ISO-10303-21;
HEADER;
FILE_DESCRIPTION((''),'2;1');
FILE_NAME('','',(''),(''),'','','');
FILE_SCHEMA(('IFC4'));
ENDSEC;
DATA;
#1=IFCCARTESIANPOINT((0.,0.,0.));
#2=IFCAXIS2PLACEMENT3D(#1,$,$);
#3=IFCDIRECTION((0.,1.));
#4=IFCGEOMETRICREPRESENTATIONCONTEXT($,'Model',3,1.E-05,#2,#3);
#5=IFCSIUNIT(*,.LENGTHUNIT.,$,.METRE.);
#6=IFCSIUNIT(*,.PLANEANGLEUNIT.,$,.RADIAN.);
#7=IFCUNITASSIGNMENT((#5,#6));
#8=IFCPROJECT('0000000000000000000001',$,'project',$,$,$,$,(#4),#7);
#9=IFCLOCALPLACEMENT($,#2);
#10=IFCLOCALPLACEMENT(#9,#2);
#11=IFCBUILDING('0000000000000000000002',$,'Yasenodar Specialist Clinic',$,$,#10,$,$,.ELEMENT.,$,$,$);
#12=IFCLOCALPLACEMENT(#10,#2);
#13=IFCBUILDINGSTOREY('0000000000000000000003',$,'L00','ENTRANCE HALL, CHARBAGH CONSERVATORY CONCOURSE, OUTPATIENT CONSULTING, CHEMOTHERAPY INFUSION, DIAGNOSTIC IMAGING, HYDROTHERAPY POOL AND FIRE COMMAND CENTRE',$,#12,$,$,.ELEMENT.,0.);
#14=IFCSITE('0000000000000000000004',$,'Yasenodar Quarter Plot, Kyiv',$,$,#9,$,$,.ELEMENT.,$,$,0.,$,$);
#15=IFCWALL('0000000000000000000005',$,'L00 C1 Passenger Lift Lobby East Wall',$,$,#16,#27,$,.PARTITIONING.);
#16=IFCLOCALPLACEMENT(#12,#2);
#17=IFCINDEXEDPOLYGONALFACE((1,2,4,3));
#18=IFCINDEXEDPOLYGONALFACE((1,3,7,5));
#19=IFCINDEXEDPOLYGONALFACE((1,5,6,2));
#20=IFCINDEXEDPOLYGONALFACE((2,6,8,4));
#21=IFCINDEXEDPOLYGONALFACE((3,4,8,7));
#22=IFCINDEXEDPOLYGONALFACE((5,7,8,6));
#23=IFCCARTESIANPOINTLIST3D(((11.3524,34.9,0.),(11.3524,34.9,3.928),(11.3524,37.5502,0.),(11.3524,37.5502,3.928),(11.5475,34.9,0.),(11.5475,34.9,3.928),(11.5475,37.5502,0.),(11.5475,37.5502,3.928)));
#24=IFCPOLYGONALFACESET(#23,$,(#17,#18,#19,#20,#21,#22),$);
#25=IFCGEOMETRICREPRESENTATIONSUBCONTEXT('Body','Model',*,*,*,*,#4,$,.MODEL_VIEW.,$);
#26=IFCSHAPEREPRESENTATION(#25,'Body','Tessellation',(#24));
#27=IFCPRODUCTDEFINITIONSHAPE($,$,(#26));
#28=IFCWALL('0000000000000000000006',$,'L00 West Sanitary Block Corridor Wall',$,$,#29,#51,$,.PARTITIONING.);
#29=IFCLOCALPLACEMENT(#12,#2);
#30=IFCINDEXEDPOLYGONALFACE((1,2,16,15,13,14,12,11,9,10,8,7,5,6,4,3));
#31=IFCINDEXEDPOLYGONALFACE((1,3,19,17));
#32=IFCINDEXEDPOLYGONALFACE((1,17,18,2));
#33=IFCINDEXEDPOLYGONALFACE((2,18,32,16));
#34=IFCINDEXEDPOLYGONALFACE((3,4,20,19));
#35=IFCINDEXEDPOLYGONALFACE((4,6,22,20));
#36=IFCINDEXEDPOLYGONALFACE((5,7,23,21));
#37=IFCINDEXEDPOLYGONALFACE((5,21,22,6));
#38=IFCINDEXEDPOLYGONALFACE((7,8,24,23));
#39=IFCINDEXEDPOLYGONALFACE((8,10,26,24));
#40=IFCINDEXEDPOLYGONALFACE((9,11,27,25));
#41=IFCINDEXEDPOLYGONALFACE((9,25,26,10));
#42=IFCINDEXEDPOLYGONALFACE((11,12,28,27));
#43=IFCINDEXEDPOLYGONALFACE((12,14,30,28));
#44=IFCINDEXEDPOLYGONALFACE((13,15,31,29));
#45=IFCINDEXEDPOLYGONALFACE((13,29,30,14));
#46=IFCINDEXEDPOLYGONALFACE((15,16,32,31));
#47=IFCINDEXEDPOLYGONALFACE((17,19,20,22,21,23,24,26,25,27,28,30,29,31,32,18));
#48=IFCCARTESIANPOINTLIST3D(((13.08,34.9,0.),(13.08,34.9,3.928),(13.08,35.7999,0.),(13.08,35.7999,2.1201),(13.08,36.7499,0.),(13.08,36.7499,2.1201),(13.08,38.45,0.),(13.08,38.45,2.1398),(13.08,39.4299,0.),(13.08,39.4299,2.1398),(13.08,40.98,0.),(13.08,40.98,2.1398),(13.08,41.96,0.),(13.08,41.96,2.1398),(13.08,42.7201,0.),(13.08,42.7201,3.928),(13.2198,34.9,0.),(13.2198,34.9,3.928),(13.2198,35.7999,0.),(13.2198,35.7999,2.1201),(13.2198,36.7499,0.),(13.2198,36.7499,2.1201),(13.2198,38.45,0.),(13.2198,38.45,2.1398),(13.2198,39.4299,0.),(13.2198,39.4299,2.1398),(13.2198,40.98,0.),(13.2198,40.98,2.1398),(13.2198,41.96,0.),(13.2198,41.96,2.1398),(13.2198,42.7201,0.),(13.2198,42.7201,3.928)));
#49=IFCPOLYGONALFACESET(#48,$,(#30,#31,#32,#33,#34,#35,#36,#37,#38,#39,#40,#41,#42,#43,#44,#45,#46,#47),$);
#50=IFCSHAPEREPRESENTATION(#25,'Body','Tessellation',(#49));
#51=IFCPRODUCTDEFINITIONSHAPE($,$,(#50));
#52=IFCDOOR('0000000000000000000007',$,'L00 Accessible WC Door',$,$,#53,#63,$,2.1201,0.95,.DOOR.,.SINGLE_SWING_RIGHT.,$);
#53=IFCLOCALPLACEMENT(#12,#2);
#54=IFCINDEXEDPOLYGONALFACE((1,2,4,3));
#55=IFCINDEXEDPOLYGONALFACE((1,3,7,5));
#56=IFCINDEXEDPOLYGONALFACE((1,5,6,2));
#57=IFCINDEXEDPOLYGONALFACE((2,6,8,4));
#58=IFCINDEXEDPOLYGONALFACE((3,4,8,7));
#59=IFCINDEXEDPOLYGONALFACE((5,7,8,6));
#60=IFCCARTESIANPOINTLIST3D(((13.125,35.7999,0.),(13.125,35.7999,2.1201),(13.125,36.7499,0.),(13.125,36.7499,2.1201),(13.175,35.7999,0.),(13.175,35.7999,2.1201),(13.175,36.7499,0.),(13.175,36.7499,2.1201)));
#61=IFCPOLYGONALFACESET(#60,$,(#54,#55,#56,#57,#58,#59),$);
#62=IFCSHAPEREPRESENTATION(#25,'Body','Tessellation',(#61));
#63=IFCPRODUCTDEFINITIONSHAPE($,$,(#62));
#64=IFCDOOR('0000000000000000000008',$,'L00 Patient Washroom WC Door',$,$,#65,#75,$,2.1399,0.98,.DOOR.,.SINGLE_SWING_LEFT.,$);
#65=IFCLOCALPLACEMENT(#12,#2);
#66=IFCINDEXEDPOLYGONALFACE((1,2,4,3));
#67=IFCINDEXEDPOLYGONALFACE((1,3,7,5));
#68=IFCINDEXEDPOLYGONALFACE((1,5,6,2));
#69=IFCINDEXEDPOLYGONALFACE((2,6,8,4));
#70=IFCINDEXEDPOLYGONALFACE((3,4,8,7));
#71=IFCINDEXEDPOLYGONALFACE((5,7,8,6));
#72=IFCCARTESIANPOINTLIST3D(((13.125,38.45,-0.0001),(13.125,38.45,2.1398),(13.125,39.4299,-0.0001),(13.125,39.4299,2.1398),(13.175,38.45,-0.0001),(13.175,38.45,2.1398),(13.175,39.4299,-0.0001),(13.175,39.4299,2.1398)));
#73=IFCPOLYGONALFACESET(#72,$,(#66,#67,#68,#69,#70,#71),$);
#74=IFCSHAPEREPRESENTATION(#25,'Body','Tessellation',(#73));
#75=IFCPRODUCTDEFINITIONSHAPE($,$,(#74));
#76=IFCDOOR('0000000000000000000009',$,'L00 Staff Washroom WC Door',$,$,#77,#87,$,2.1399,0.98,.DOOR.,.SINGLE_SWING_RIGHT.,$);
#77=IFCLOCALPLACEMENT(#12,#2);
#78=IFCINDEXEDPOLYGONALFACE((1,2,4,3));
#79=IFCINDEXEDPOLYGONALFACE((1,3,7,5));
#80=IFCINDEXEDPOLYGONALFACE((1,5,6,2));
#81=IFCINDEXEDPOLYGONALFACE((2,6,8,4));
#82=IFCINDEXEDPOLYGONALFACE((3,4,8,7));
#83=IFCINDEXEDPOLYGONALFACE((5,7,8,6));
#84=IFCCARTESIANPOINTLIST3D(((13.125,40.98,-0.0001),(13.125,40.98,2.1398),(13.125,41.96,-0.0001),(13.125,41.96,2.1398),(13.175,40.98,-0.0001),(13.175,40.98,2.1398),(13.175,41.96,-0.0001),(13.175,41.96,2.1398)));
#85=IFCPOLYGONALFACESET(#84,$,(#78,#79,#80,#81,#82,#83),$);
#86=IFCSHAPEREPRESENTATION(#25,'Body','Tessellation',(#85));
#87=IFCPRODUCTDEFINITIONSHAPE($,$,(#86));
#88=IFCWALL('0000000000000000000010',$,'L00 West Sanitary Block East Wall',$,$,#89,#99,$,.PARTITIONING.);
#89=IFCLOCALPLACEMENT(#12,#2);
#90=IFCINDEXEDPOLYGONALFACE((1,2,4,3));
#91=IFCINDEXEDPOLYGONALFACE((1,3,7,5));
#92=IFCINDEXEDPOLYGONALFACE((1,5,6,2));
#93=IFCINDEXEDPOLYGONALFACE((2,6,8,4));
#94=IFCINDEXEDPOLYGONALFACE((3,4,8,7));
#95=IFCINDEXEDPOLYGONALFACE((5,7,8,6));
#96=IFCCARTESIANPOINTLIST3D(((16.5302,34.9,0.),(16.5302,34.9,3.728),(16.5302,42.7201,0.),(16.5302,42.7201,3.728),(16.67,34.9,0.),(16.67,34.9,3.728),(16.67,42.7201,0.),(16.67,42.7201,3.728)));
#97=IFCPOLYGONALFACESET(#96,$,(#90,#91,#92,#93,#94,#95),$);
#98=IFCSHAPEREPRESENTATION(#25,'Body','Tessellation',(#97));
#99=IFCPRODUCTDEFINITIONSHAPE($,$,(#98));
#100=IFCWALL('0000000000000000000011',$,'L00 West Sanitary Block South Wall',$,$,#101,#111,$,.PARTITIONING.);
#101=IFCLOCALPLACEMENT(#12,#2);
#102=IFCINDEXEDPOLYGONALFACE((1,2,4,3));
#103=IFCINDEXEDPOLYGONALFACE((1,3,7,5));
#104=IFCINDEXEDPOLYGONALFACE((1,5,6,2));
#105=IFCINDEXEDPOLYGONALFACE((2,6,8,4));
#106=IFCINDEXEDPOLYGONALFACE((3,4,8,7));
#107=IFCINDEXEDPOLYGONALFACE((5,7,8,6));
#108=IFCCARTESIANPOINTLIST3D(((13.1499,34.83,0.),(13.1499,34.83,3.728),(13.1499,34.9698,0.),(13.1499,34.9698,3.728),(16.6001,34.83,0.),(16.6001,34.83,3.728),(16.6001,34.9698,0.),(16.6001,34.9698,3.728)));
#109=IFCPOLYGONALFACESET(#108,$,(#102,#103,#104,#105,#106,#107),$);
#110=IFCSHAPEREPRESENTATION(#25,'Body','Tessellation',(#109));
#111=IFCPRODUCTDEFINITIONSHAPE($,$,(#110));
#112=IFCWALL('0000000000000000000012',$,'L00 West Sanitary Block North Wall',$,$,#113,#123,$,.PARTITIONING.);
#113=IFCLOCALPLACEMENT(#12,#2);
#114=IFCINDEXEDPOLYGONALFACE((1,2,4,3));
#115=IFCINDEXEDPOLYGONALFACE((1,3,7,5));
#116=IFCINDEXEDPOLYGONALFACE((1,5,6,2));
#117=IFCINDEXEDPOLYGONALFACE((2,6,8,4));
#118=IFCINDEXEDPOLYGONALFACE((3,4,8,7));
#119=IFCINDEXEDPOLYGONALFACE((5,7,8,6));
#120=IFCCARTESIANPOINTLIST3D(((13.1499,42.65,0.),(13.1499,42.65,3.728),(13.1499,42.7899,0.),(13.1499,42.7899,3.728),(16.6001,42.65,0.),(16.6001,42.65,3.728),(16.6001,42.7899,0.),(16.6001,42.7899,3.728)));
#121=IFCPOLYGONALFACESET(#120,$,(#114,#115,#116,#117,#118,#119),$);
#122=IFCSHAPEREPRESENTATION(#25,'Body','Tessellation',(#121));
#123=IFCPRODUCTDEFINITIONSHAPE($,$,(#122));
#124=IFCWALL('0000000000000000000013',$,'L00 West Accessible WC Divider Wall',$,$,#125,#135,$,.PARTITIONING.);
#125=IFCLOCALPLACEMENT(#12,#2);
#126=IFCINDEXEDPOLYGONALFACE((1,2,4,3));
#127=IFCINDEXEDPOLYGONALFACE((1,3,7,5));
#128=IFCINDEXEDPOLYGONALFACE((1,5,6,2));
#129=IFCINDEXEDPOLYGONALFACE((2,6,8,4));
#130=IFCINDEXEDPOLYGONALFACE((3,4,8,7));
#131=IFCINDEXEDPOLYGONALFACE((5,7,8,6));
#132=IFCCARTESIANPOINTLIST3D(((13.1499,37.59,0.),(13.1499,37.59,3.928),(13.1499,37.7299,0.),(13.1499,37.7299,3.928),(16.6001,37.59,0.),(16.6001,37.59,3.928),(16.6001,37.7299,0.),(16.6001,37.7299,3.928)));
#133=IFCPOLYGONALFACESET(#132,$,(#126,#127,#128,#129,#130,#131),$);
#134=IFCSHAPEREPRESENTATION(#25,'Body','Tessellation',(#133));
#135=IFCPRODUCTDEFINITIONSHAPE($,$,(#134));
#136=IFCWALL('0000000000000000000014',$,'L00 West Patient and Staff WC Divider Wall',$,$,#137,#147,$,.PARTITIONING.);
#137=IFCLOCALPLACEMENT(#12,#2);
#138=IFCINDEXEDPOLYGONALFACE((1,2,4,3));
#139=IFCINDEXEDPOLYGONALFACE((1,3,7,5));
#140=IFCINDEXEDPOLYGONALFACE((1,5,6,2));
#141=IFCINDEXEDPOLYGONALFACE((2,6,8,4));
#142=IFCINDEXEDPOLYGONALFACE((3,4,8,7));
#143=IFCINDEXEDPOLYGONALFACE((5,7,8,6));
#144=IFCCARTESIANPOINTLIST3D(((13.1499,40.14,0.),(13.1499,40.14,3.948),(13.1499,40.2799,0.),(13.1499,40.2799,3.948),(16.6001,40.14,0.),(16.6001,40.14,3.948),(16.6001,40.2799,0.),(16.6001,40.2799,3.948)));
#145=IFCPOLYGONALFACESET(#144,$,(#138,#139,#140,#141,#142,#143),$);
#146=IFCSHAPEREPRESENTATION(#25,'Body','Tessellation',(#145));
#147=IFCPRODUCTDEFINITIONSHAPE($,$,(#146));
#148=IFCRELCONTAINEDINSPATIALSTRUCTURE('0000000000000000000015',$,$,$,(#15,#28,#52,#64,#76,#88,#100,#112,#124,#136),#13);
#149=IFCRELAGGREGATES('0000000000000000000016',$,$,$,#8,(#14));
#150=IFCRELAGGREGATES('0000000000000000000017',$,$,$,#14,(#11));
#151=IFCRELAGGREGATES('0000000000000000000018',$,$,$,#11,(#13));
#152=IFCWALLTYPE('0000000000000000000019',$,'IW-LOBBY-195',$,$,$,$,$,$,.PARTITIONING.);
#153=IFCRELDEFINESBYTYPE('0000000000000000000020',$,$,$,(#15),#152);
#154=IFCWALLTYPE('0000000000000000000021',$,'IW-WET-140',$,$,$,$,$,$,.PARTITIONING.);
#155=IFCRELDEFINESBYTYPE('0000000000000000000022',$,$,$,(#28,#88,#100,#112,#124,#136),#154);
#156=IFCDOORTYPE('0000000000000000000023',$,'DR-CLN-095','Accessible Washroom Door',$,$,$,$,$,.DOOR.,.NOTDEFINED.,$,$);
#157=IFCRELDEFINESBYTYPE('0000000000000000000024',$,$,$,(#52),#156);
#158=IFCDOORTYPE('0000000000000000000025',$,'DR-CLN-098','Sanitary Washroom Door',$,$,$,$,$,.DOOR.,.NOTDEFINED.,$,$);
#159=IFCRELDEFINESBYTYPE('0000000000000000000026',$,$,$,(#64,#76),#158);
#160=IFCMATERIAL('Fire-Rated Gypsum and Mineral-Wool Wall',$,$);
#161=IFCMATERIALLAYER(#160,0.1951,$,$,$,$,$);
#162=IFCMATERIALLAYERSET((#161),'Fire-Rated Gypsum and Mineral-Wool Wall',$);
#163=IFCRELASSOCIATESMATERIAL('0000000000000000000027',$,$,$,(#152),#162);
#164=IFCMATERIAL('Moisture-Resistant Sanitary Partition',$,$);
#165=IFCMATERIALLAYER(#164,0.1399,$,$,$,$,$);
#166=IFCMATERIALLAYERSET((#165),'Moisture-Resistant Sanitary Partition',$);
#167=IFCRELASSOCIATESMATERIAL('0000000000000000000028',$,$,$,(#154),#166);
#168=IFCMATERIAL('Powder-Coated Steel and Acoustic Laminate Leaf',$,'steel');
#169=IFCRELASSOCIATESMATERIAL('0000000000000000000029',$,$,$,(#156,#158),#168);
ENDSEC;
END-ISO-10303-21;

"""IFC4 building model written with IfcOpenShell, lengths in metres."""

from ifc_helpers import new_model, si_unit, direction, frame, frame_2d, origin, place, context, subcontext, project, spatial, rectangle, extrude, material, layer, layer_set, type_object, element, fill, save


model = new_model("IFC4")

# Units and contexts
model_context = context("Model", 3, precision=1e-05, world=origin(), true_north=direction((0.0, 1.0)))
body_context = subcontext(model_context, "Body", "Model", "MODEL_VIEW")
ifc_project = project(units=[si_unit("LENGTHUNIT", "METRE"), si_unit("PLANEANGLEUNIT", "RADIAN")], contexts=[model_context])

# Site, building, storey
site_placement = place(None, origin())
site = spatial("IfcSite", under=ifc_project, at=site_placement, Name="Yasenodar Quarter Plot, Kyiv", CompositionType="ELEMENT", RefElevation=0.0)
building_placement = place(site_placement, origin())
building = spatial("IfcBuilding", under=site, at=building_placement, Name="Yasenodar Specialist Clinic", CompositionType="ELEMENT")
storey_placement = place(building_placement, origin())
storey = spatial("IfcBuildingStorey", under=building, at=storey_placement, Name="L00", Description="ENTRANCE HALL, CHARBAGH CONSERVATORY CONCOURSE, OUTPATIENT CONSULTING, CHEMOTHERAPY INFUSION, DIAGNOSTIC IMAGING, HYDROTHERAPY POOL AND FIRE COMMAND CENTRE", CompositionType="ELEMENT", Elevation=0.0)

# Wall
ifc_material_1 = material(Name="Fire-Rated Gypsum and Mineral-Wool Wall")
ifc_layer_1 = layer(ifc_material_1, 0.1951)
ifc_layer_set_1 = layer_set([ifc_layer_1], Name="Fire-Rated Gypsum and Mineral-Wool Wall")
wall_type_1 = type_object("IfcWallType", Name="IW-LOBBY-195", PredefinedType="PARTITIONING", material=ifc_layer_set_1)
wall_1_placement = place(storey_placement, frame((11.45, 34.8999, 0.0), z_axis=(0.0, 0.0, 1.0), x_axis=(0.0, 1.0, 0.0)))
element("IfcWall", 1, at=wall_1_placement, inside=storey, type_object=wall_type_1, Name="L00 C1 Passenger Lift Lobby East Wall", PredefinedType="PARTITIONING", context=body_context, shape_type="SweptSolid", body=[
    extrude(rectangle(XDim=2.6501, YDim=0.1951, at=frame_2d((1.3252, 0.0))), origin(), (0.0, 0.0, 1.0), 3.928),
])

# Wall, openings, doors
ifc_material_2 = material(Name="Moisture-Resistant Sanitary Partition")
ifc_layer_2 = layer(ifc_material_2, 0.1399)
ifc_layer_set_2 = layer_set([ifc_layer_2], Name="Moisture-Resistant Sanitary Partition")
wall_type_2 = type_object("IfcWallType", Name="IW-WET-140", PredefinedType="PARTITIONING", material=ifc_layer_set_2)
wall_2_placement = place(storey_placement, frame((13.1499, 34.8999, 0.0), z_axis=(0.0, 0.0, 1.0), x_axis=(0.0, 1.0, 0.0)))
wall_2 = element("IfcWall", 2, at=wall_2_placement, inside=storey, type_object=wall_type_2, Name="L00 West Sanitary Block Corridor Wall", PredefinedType="PARTITIONING", context=body_context, shape_type="SweptSolid", body=[
    extrude(rectangle(XDim=7.8201, YDim=0.1399, at=frame_2d((3.9102, 0.0))), origin(), (0.0, 0.0, 1.0), 3.928),
])
opening_1_placement = place(wall_2_placement, frame((0.8999, 0.0, 0.0)))
opening_1 = element("IfcOpeningElement", 3, at=opening_1_placement, cuts=wall_2, PredefinedType="OPENING", context=body_context, shape_type="SweptSolid", body=[
    extrude(rectangle(XDim=0.95, YDim=2.1201, at=frame_2d((0.4751, 1.0601))), frame((0.0, 0.0801, 0.0), z_axis=(0.0, -1.0, 0.0), x_axis=(1.0, 0.0, 0.0)), (0.0, 0.0, 1.0), 0.1599),
])
opening_2_placement = place(wall_2_placement, frame((3.55, 0.0, 0.0)))
opening_2 = element("IfcOpeningElement", 4, at=opening_2_placement, cuts=wall_2, PredefinedType="OPENING", context=body_context, shape_type="SweptSolid", body=[
    extrude(rectangle(XDim=0.98, YDim=2.1399, at=frame_2d((0.49, 1.0698))), frame((0.0, 0.0801, 0.0), z_axis=(0.0, -1.0, 0.0), x_axis=(1.0, 0.0, 0.0)), (0.0, 0.0, 1.0), 0.1599),
])
opening_3_placement = place(wall_2_placement, frame((6.0801, 0.0, 0.0)))
opening_3 = element("IfcOpeningElement", 5, at=opening_3_placement, cuts=wall_2, PredefinedType="OPENING", context=body_context, shape_type="SweptSolid", body=[
    extrude(rectangle(XDim=0.98, YDim=2.1399, at=frame_2d((0.49, 1.0698))), frame((0.0, 0.0801, 0.0), z_axis=(0.0, -1.0, 0.0), x_axis=(1.0, 0.0, 0.0)), (0.0, 0.0, 1.0), 0.1599),
])
ifc_material_3 = material(Name="Powder-Coated Steel and Acoustic Laminate Leaf", Category="steel")
door_type_1 = type_object("IfcDoorType", Name="DR-CLN-095", Description="Accessible Washroom Door", OperationType="NOTDEFINED", PredefinedType="DOOR", material=ifc_material_3)
door_1_placement = place(opening_1_placement, origin())
door_1 = element("IfcDoor", 6, at=door_1_placement, inside=storey, type_object=door_type_1, Name="L00 Accessible WC Door", OperationType="SINGLE_SWING_RIGHT", OverallHeight=2.1201, OverallWidth=0.95, PredefinedType="DOOR", context=body_context, shape_type="SweptSolid", body=[
    extrude(rectangle(XDim=0.95, YDim=2.1201, at=frame_2d((0.4751, 1.0601))), frame((0.0, 0.0249, 0.0), z_axis=(0.0, -1.0, 0.0), x_axis=(1.0, 0.0, 0.0)), (0.0, 0.0, 1.0), 0.05),
])
fill(opening_1, door_1)
door_type_2 = type_object("IfcDoorType", Name="DR-CLN-098", Description="Sanitary Washroom Door", OperationType="NOTDEFINED", PredefinedType="DOOR", material=ifc_material_3)
door_2_placement = place(opening_2_placement, origin())
door_2 = element("IfcDoor", 7, at=door_2_placement, inside=storey, type_object=door_type_2, Name="L00 Patient Washroom WC Door", OperationType="SINGLE_SWING_LEFT", OverallHeight=2.1399, OverallWidth=0.98, PredefinedType="DOOR", context=body_context, shape_type="SweptSolid", body=[
    extrude(rectangle(XDim=0.98, YDim=2.1399, at=frame_2d((0.49, 1.0698))), frame((0.0, 0.0249, 0.0), z_axis=(0.0, -1.0, 0.0), x_axis=(1.0, 0.0, 0.0)), (0.0, 0.0, 1.0), 0.05),
])
fill(opening_2, door_2)
door_3_placement = place(opening_3_placement, origin())
door_3 = element("IfcDoor", 8, at=door_3_placement, inside=storey, type_object=door_type_2, Name="L00 Staff Washroom WC Door", OperationType="SINGLE_SWING_RIGHT", OverallHeight=2.1399, OverallWidth=0.98, PredefinedType="DOOR", context=body_context, shape_type="SweptSolid", body=[
    extrude(rectangle(XDim=0.98, YDim=2.1399, at=frame_2d((0.49, 1.0698))), frame((0.0, 0.0249, 0.0), z_axis=(0.0, -1.0, 0.0), x_axis=(1.0, 0.0, 0.0)), (0.0, 0.0, 1.0), 0.05),
])
fill(opening_3, door_3)

# Walls
wall_3_placement = place(storey_placement, frame((16.6001, 34.8999, 0.0), z_axis=(0.0, 0.0, 1.0), x_axis=(0.0, 1.0, 0.0)))
element("IfcWall", 9, at=wall_3_placement, inside=storey, type_object=wall_type_2, Name="L00 West Sanitary Block East Wall", PredefinedType="PARTITIONING", context=body_context, shape_type="SweptSolid", body=[
    extrude(rectangle(XDim=7.8201, YDim=0.1399, at=frame_2d((3.9102, 0.0))), origin(), (0.0, 0.0, 1.0), 3.728),
])
for number, where, z_axis, x_axis, name in (
    (10, (13.1499, 34.8999, 0.0), (0.0, 0.0, 1.0), (1.0, 0.0, 0.0), "L00 West Sanitary Block South Wall"),
    (11, (13.1499, 42.72, 0.0), (0.0, 0.0, 1.0), (1.0, 0.0, 0.0), "L00 West Sanitary Block North Wall"),
):
    element("IfcWall", number, at=place(storey_placement, frame(where, z_axis=z_axis, x_axis=x_axis)), inside=storey, type_object=wall_type_2, Name=name, PredefinedType="PARTITIONING", context=body_context, shape_type="SweptSolid", body=[
        extrude(rectangle(XDim=3.4502, YDim=0.1399, at=frame_2d((1.7251, 0.0))), origin(), (0.0, 0.0, 1.0), 3.728),
    ])
wall_4_placement = place(storey_placement, frame((13.1499, 37.6599, 0.0), z_axis=(0.0, 0.0, 1.0), x_axis=(1.0, 0.0, 0.0)))
element("IfcWall", 12, at=wall_4_placement, inside=storey, type_object=wall_type_2, Name="L00 West Accessible WC Divider Wall", PredefinedType="PARTITIONING", context=body_context, shape_type="SweptSolid", body=[
    extrude(rectangle(XDim=3.4502, YDim=0.1399, at=frame_2d((1.7251, 0.0))), origin(), (0.0, 0.0, 1.0), 3.928),
])
wall_5_placement = place(storey_placement, frame((13.1499, 40.21, 0.0), z_axis=(0.0, 0.0, 1.0), x_axis=(1.0, 0.0, 0.0)))
element("IfcWall", 13, at=wall_5_placement, inside=storey, type_object=wall_type_2, Name="L00 West Patient and Staff WC Divider Wall", PredefinedType="PARTITIONING", context=body_context, shape_type="SweptSolid", body=[
    extrude(rectangle(XDim=3.4502, YDim=0.1399, at=frame_2d((1.7251, 0.0))), origin(), (0.0, 0.0, 1.0), 3.948),
])

save(model, "model.ifc")
